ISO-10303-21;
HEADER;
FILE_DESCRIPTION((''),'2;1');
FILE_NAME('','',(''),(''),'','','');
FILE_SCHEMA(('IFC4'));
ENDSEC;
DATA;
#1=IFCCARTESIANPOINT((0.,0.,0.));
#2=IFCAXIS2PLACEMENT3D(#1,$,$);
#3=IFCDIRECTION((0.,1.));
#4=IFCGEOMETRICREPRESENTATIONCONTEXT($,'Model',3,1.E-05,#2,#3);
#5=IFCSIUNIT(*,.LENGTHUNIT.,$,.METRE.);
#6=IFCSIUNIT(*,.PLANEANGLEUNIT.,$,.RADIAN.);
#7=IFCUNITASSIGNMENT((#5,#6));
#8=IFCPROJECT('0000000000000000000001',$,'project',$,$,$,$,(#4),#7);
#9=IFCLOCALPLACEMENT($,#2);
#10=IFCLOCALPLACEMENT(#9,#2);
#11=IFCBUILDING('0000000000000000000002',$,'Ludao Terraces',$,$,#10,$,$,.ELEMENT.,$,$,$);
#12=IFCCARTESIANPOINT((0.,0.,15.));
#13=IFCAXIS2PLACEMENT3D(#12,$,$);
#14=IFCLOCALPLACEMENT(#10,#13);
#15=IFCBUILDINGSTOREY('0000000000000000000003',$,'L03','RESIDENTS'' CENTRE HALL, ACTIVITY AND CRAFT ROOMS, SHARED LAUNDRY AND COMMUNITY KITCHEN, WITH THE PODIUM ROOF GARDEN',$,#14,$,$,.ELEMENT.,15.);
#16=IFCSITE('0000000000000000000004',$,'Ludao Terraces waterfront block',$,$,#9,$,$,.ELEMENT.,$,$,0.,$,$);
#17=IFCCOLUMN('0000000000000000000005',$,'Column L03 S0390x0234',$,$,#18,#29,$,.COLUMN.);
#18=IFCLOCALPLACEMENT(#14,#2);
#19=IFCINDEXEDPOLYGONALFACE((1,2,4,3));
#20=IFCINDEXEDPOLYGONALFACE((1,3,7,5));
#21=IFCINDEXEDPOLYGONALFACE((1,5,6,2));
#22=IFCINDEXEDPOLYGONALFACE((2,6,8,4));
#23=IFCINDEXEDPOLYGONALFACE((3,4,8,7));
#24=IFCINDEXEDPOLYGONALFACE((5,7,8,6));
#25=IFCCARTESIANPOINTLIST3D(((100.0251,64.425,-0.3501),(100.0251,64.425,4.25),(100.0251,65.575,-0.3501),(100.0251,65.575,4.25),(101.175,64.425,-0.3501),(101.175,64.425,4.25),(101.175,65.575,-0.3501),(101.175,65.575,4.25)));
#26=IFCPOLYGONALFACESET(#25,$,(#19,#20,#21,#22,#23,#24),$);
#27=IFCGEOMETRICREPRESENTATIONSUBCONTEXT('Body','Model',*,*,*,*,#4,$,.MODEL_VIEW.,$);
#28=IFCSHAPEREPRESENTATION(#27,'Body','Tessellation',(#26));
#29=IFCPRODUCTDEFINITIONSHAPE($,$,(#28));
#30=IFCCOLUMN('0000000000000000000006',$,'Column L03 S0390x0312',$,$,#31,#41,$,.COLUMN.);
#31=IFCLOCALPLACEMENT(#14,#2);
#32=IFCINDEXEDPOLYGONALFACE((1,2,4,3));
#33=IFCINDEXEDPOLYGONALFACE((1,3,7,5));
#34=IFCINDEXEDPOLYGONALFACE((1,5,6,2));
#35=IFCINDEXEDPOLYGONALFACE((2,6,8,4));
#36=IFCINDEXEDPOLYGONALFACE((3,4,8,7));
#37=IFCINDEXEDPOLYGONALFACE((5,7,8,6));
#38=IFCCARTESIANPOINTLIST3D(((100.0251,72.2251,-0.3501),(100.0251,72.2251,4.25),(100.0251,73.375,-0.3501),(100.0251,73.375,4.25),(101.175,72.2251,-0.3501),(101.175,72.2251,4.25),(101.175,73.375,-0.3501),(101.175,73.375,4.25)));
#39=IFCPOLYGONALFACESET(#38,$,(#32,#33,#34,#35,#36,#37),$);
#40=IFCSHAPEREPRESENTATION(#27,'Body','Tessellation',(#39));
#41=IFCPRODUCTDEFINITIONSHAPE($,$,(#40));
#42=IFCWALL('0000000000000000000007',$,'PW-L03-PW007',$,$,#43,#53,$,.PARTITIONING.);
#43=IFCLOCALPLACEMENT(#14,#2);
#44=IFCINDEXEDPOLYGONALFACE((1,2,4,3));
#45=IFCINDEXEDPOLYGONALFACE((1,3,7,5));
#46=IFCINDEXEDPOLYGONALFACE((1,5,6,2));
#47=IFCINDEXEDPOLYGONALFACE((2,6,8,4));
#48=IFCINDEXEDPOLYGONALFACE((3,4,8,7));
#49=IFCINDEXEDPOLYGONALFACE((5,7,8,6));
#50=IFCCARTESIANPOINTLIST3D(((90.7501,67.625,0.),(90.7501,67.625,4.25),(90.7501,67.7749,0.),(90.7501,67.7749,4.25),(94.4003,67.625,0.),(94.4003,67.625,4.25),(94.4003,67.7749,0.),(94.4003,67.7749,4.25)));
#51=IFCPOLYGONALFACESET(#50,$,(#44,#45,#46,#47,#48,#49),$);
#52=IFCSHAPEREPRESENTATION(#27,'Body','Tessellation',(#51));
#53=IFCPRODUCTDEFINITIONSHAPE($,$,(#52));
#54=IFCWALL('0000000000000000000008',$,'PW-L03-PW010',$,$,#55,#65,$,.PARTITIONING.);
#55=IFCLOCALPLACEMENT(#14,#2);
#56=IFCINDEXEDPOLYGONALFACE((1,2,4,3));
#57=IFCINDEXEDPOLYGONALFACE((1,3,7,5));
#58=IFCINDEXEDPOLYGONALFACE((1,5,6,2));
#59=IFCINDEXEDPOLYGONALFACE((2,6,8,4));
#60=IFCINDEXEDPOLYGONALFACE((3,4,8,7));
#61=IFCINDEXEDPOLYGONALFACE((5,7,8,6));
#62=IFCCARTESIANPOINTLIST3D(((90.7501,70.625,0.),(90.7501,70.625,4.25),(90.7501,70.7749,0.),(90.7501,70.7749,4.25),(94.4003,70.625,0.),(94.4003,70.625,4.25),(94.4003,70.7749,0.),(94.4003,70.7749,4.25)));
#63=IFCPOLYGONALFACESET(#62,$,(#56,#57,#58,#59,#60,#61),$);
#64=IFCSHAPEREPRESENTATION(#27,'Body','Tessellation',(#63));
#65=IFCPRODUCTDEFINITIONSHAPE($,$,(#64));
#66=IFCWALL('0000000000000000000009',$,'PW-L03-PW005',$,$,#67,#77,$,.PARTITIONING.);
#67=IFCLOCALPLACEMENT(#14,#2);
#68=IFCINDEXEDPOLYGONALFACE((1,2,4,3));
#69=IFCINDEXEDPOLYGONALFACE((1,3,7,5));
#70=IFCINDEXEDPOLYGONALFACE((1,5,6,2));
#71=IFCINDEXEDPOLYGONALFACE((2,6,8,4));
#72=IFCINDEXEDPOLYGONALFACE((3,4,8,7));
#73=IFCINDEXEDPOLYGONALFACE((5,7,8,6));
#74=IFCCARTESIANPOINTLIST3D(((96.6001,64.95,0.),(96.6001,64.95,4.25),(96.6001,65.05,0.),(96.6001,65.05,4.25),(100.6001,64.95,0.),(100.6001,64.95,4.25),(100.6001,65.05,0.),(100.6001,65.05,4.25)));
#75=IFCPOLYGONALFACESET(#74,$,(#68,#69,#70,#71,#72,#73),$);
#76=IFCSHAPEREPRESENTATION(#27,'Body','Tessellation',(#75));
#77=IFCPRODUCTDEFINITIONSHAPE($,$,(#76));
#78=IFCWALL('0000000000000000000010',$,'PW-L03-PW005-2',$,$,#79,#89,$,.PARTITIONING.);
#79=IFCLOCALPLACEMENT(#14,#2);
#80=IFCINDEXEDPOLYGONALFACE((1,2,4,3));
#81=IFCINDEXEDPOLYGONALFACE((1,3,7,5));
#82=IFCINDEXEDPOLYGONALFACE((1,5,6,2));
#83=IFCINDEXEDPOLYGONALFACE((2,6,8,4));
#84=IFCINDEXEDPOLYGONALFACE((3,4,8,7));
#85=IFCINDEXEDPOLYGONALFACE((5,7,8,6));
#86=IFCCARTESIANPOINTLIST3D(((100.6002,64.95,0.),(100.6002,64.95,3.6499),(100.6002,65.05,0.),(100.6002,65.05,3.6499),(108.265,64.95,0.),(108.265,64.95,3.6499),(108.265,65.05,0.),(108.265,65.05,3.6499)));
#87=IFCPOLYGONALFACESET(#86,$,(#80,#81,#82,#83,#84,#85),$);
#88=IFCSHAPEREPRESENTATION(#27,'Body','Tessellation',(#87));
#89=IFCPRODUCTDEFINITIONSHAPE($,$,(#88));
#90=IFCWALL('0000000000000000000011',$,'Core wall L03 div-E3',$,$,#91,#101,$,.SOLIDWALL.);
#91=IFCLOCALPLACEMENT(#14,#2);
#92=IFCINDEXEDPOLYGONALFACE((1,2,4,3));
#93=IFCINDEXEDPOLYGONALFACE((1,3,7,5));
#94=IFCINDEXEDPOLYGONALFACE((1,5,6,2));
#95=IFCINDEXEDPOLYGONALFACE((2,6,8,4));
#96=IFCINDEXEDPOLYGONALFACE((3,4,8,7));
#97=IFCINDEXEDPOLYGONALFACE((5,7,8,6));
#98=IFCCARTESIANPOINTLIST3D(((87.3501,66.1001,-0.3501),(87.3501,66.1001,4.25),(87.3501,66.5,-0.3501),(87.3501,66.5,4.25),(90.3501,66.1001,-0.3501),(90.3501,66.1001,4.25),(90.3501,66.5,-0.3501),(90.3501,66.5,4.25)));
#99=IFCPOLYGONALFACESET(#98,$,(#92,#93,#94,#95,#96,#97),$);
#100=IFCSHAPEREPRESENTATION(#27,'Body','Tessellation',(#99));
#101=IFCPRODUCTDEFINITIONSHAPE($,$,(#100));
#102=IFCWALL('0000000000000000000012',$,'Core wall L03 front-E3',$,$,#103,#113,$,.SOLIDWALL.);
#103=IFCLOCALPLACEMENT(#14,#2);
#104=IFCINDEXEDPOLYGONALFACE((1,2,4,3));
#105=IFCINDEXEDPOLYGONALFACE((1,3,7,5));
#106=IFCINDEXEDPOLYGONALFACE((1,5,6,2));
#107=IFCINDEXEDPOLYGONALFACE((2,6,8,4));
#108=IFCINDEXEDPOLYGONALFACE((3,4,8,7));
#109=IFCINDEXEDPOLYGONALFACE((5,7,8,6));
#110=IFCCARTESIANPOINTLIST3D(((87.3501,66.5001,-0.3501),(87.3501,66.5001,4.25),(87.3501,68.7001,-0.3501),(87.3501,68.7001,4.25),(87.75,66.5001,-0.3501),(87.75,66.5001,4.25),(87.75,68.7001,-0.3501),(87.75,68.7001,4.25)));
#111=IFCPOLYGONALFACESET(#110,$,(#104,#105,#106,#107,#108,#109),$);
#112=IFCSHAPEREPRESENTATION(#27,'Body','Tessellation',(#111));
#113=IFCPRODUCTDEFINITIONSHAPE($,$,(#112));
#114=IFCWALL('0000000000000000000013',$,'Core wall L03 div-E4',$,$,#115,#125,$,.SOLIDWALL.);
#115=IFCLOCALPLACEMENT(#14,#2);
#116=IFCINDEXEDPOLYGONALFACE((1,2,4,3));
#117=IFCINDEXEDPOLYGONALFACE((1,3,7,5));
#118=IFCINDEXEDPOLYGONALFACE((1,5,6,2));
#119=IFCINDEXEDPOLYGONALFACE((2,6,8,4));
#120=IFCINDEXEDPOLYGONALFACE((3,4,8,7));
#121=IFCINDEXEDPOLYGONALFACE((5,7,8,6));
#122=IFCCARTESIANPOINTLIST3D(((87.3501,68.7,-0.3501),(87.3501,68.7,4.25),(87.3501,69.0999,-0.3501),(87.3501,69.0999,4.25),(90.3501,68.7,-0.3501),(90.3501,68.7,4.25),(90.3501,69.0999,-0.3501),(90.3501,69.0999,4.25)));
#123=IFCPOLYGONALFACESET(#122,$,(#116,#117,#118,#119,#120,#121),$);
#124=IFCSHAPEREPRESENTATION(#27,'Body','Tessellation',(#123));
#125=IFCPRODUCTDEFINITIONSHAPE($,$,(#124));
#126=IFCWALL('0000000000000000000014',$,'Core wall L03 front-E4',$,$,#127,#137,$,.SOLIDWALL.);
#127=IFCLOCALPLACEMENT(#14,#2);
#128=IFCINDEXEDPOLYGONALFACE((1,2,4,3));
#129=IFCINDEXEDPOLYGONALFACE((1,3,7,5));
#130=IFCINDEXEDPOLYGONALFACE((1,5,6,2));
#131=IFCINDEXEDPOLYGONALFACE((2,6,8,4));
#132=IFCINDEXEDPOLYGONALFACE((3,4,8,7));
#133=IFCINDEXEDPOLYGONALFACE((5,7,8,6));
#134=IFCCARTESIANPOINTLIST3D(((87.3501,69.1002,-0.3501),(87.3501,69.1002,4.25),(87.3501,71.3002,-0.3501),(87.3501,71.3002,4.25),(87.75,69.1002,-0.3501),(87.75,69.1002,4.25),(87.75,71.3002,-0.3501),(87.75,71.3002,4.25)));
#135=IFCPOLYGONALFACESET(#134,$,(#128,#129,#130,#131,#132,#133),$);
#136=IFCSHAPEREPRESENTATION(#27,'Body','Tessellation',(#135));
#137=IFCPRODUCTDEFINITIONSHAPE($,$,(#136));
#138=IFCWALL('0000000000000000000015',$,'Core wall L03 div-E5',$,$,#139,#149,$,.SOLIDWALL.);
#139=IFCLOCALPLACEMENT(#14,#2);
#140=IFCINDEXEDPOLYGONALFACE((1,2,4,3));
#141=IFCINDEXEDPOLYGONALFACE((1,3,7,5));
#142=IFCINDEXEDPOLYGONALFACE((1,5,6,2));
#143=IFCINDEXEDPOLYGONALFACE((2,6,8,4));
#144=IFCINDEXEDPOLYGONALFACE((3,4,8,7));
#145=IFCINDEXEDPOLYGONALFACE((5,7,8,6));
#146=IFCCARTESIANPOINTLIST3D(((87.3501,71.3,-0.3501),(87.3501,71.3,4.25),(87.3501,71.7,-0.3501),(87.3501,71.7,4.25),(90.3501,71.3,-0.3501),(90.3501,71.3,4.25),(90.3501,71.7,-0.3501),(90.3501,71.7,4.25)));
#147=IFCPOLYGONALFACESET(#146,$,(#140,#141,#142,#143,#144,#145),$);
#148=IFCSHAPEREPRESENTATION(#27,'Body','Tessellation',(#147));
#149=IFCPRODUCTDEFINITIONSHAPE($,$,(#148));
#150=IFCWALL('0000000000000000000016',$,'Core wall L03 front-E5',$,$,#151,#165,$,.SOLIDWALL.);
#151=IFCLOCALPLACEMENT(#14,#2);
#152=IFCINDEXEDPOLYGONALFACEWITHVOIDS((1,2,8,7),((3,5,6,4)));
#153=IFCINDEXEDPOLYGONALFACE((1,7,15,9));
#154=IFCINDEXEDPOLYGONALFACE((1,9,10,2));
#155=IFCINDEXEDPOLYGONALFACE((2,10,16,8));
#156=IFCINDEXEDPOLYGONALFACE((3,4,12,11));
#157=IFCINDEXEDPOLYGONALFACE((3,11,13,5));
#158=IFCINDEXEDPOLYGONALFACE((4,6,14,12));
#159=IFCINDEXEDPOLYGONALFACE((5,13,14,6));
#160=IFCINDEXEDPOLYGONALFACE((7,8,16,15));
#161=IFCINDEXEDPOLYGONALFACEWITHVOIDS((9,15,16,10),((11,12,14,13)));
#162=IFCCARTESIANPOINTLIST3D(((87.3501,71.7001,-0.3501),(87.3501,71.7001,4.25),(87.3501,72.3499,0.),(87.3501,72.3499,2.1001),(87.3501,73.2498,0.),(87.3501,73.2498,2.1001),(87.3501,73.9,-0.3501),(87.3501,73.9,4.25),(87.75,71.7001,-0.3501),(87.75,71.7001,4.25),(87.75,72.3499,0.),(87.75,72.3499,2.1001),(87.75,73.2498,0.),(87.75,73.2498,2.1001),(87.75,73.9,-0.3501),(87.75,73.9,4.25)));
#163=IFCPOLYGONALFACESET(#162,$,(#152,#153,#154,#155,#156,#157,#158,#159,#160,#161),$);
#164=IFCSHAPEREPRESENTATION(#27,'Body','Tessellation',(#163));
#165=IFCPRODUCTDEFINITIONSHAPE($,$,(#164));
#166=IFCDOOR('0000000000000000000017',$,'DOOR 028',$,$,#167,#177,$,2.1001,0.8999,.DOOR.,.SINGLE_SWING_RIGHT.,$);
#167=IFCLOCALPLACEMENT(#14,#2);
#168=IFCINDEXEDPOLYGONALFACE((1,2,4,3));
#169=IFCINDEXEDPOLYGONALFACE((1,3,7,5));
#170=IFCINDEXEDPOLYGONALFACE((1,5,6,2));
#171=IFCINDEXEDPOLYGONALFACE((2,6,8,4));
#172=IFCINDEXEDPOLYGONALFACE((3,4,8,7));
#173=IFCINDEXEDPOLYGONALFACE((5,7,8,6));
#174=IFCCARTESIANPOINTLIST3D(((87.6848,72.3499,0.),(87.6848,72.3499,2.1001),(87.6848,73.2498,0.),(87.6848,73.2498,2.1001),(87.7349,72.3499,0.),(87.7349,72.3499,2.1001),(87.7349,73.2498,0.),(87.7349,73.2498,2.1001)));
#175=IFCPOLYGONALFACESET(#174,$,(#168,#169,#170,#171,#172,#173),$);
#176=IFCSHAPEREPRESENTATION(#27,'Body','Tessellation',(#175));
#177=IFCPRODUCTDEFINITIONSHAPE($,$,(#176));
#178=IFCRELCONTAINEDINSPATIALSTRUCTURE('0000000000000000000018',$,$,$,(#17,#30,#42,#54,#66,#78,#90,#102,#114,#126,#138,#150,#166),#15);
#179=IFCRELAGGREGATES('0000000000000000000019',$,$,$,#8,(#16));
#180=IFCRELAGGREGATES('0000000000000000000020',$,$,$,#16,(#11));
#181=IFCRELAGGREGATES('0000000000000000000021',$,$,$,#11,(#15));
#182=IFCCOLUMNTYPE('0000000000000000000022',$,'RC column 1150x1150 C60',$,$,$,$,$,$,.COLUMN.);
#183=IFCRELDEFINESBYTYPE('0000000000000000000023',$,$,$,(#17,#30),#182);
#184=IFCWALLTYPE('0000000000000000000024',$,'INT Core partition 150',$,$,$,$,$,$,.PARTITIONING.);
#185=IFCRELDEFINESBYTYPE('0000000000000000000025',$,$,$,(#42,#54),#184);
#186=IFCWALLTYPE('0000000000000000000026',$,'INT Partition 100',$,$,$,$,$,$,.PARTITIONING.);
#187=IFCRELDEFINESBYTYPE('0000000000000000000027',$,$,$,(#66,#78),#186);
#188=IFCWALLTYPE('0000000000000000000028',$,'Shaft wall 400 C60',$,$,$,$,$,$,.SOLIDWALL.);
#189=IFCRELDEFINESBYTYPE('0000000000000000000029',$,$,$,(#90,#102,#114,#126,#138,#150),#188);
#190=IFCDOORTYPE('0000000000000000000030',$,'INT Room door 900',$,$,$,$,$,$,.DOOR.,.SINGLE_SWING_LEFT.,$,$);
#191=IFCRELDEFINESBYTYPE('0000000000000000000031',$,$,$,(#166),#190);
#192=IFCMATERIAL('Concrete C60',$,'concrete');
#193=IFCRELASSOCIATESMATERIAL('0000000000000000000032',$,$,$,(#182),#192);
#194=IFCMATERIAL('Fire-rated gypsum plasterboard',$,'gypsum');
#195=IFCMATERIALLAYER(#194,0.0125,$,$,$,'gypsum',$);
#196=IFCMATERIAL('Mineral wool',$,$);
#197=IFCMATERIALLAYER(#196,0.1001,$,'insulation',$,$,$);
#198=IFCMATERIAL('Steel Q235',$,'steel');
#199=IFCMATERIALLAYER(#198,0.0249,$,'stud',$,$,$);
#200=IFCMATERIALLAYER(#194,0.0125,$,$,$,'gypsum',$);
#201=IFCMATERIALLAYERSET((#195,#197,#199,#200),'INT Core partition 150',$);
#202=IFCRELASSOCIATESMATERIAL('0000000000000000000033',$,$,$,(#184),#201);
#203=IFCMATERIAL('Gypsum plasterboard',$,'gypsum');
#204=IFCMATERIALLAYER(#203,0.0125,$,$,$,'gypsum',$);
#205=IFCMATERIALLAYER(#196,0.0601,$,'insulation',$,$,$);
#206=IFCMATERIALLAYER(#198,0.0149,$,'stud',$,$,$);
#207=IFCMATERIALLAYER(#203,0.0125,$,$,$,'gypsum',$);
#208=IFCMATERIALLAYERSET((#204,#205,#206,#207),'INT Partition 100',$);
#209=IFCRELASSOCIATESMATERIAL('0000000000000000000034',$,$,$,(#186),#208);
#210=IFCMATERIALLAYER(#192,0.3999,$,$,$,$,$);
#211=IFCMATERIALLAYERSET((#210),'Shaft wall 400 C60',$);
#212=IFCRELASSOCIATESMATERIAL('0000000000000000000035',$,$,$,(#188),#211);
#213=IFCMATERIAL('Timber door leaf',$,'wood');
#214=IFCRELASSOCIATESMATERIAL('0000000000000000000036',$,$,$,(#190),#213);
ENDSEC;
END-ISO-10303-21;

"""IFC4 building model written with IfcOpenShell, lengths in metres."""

from ifc_helpers import new_model, si_unit, direction, frame, frame_2d, origin, origin_2d, place, context, subcontext, project, spatial, rectangle, extrude, material, layer, layer_set, material_profile, profile_set, type_object, element, fill, save


model = new_model("IFC4")

# Units and contexts
model_context = context("Model", 3, precision=1e-05, world=origin(), true_north=direction((0.0, 1.0)))
body_context = subcontext(model_context, "Body", "Model", "MODEL_VIEW")
ifc_project = project(units=[si_unit("LENGTHUNIT", "METRE"), si_unit("PLANEANGLEUNIT", "RADIAN")], contexts=[model_context])

# Site, building, storey
site_placement = place(None, origin())
site = spatial("IfcSite", under=ifc_project, at=site_placement, Name="Ludao Terraces waterfront block", CompositionType="ELEMENT", RefElevation=0.0)
building_placement = place(site_placement, origin())
building = spatial("IfcBuilding", under=site, at=building_placement, Name="Ludao Terraces", CompositionType="ELEMENT")
storey_placement = place(building_placement, frame((0.0, 0.0, 15.0)))
storey = spatial("IfcBuildingStorey", under=building, at=storey_placement, Name="L03", Description="RESIDENTS' CENTRE HALL, ACTIVITY AND CRAFT ROOMS, SHARED LAUNDRY AND COMMUNITY KITCHEN, WITH THE PODIUM ROOF GARDEN", CompositionType="ELEMENT", Elevation=15.0)

# Columns
ifc_material_1 = material(Name="Concrete C60", Category="concrete")
ifc_material_profile = material_profile(ifc_material_1, rectangle(XDim=1.1499, YDim=1.1499, at=origin_2d()), Name="1150 X 1150")
ifc_profile_set = profile_set([ifc_material_profile], Name="Concrete C60")
column_type = type_object("IfcColumnType", Name="RC column 1150x1150 C60", PredefinedType="COLUMN", material=ifc_profile_set)
for number, where, z_axis, x_axis, name in (
    (1, (100.6001, 65.0, -0.3501), (0.0, 0.0, 1.0), (1.0, 0.0, 0.0), "Column L03 S0390x0234"),
    (2, (100.6001, 72.8, -0.3501), (0.0, 0.0, 1.0), (1.0, 0.0, 0.0), "Column L03 S0390x0312"),
):
    element("IfcColumn", number, at=place(storey_placement, frame(where, z_axis=z_axis, x_axis=x_axis)), inside=storey, type_object=column_type, Name=name, PredefinedType="COLUMN", context=body_context, shape_type="SweptSolid", body=[
        extrude(rectangle(XDim=1.1499, YDim=1.1499, at=origin_2d()), origin(), (0.0, 0.0, 1.0), 4.6001),
    ])

# Walls
ifc_material_2 = material(Name="Fire-rated gypsum plasterboard", Category="gypsum")
ifc_layer_1 = layer(ifc_material_2, 0.0125, Category="gypsum")
ifc_material_3 = material(Name="Mineral wool")
ifc_layer_2 = layer(ifc_material_3, 0.1001, Name="insulation")
ifc_material_4 = material(Name="Steel Q235", Category="steel")
ifc_layer_3 = layer(ifc_material_4, 0.0249, Name="stud")
ifc_layer_4 = layer(ifc_material_2, 0.0125, Category="gypsum")
ifc_layer_set_1 = layer_set([ifc_layer_1, ifc_layer_2, ifc_layer_3, ifc_layer_4], Name="INT Core partition 150")
wall_type_1 = type_object("IfcWallType", Name="INT Core partition 150", PredefinedType="PARTITIONING", material=ifc_layer_set_1)
for number, where, z_axis, x_axis, name in (
    (3, (90.75, 67.7, 0.0), (0.0, 0.0, 1.0), (1.0, 0.0, 0.0), "PW-L03-PW007"),
    (4, (90.75, 70.7, 0.0), (0.0, 0.0, 1.0), (1.0, 0.0, 0.0), "PW-L03-PW010"),
):
    element("IfcWall", number, at=place(storey_placement, frame(where, z_axis=z_axis, x_axis=x_axis)), inside=storey, type_object=wall_type_1, Name=name, PredefinedType="PARTITIONING", context=body_context, shape_type="SweptSolid", body=[
        extrude(rectangle(XDim=3.6501, YDim=0.1499, at=frame_2d((1.8252, 0.0))), origin(), (0.0, 0.0, 1.0), 4.25),
    ])
ifc_material_5 = material(Name="Gypsum plasterboard", Category="gypsum")
ifc_layer_5 = layer(ifc_material_5, 0.0125, Category="gypsum")
ifc_layer_6 = layer(ifc_material_3, 0.0601, Name="insulation")
ifc_layer_7 = layer(ifc_material_4, 0.0149, Name="stud")
ifc_layer_8 = layer(ifc_material_5, 0.0125, Category="gypsum")
ifc_layer_set_2 = layer_set([ifc_layer_5, ifc_layer_6, ifc_layer_7, ifc_layer_8], Name="INT Partition 100")
wall_type_2 = type_object("IfcWallType", Name="INT Partition 100", PredefinedType="PARTITIONING", material=ifc_layer_set_2)
wall_1_placement = place(storey_placement, frame((96.6001, 65.0, 0.0), z_axis=(0.0, 0.0, 1.0), x_axis=(1.0, 0.0, 0.0)))
element("IfcWall", 5, at=wall_1_placement, inside=storey, type_object=wall_type_2, Name="PW-L03-PW005", PredefinedType="PARTITIONING", context=body_context, shape_type="SweptSolid", body=[
    extrude(rectangle(XDim=4.0, YDim=0.1001, at=frame_2d((2.0, 0.0))), origin(), (0.0, 0.0, 1.0), 4.25),
])
wall_2_placement = place(storey_placement, frame((100.6001, 65.0, 0.0), z_axis=(0.0, 0.0, 1.0), x_axis=(1.0, 0.0, 0.0)))
element("IfcWall", 6, at=wall_2_placement, inside=storey, type_object=wall_type_2, Name="PW-L03-PW005-2", PredefinedType="PARTITIONING", context=body_context, shape_type="SweptSolid", body=[
    extrude(rectangle(XDim=7.6648, YDim=0.1001, at=frame_2d((3.8325, 0.0))), origin(), (0.0, 0.0, 1.0), 3.6499),
])
ifc_layer_9 = layer(ifc_material_1, 0.3999)
ifc_layer_set_3 = layer_set([ifc_layer_9], Name="Shaft wall 400 C60")
wall_type_3 = type_object("IfcWallType", Name="Shaft wall 400 C60", PredefinedType="SOLIDWALL", material=ifc_layer_set_3)
wall_3_placement = place(storey_placement, frame((87.3501, 66.3, -0.3501), z_axis=(0.0, 0.0, 1.0), x_axis=(1.0, 0.0, 0.0)))
element("IfcWall", 7, at=wall_3_placement, inside=storey, type_object=wall_type_3, Name="Core wall L03 div-E3", PredefinedType="SOLIDWALL", context=body_context, shape_type="SweptSolid", body=[
    extrude(rectangle(XDim=3.0, YDim=0.3999, at=frame_2d((1.5, 0.0))), origin(), (0.0, 0.0, 1.0), 4.6001),
])
wall_4_placement = place(storey_placement, frame((87.55, 66.5, -0.3501), z_axis=(0.0, 0.0, 1.0), x_axis=(0.0, 1.0, 0.0)))
element("IfcWall", 8, at=wall_4_placement, inside=storey, type_object=wall_type_3, Name="Core wall L03 front-E3", PredefinedType="SOLIDWALL", context=body_context, shape_type="SweptSolid", body=[
    extrude(rectangle(XDim=2.2, YDim=0.3999, at=frame_2d((1.1001, 0.0))), origin(), (0.0, 0.0, 1.0), 4.6001),
])
wall_5_placement = place(storey_placement, frame((87.3501, 68.8999, -0.3501), z_axis=(0.0, 0.0, 1.0), x_axis=(1.0, 0.0, 0.0)))
element("IfcWall", 9, at=wall_5_placement, inside=storey, type_object=wall_type_3, Name="Core wall L03 div-E4", PredefinedType="SOLIDWALL", context=body_context, shape_type="SweptSolid", body=[
    extrude(rectangle(XDim=3.0, YDim=0.3999, at=frame_2d((1.5, 0.0))), origin(), (0.0, 0.0, 1.0), 4.6001),
])
wall_6_placement = place(storey_placement, frame((87.55, 69.1001, -0.3501), z_axis=(0.0, 0.0, 1.0), x_axis=(0.0, 1.0, 0.0)))
element("IfcWall", 10, at=wall_6_placement, inside=storey, type_object=wall_type_3, Name="Core wall L03 front-E4", PredefinedType="SOLIDWALL", context=body_context, shape_type="SweptSolid", body=[
    extrude(rectangle(XDim=2.2, YDim=0.3999, at=frame_2d((1.1001, 0.0))), origin(), (0.0, 0.0, 1.0), 4.6001),
])
wall_7_placement = place(storey_placement, frame((87.3501, 71.5, -0.3501), z_axis=(0.0, 0.0, 1.0), x_axis=(1.0, 0.0, 0.0)))
element("IfcWall", 11, at=wall_7_placement, inside=storey, type_object=wall_type_3, Name="Core wall L03 div-E5", PredefinedType="SOLIDWALL", context=body_context, shape_type="SweptSolid", body=[
    extrude(rectangle(XDim=3.0, YDim=0.3999, at=frame_2d((1.5, 0.0))), origin(), (0.0, 0.0, 1.0), 4.6001),
])

# Wall, opening, door
wall_8_placement = place(storey_placement, frame((87.55, 71.7, -0.3501), z_axis=(0.0, 0.0, 1.0), x_axis=(0.0, 1.0, 0.0)))
wall_8 = element("IfcWall", 12, at=wall_8_placement, inside=storey, type_object=wall_type_3, Name="Core wall L03 front-E5", PredefinedType="SOLIDWALL", context=body_context, shape_type="SweptSolid", body=[
    extrude(rectangle(XDim=2.2, YDim=0.3999, at=frame_2d((1.1001, 0.0))), origin(), (0.0, 0.0, 1.0), 4.6001),
])
opening_1_placement = place(wall_8_placement, frame((0.6499, 0.0, 0.3501)))
opening_1 = element("IfcOpeningElement", 13, at=opening_1_placement, cuts=wall_8, PredefinedType="OPENING", context=body_context, shape_type="SweptSolid", body=[
    extrude(rectangle(XDim=0.8999, YDim=2.1001, at=frame_2d((0.45, 1.05))), frame((0.0, 0.21, 0.0), z_axis=(0.0, -1.0, 0.0), x_axis=(1.0, 0.0, 0.0)), (0.0, 0.0, 1.0), 0.4199),
])
ifc_material_6 = material(Name="Timber door leaf", Category="wood")
door_type = type_object("IfcDoorType", Name="INT Room door 900", OperationType="SINGLE_SWING_LEFT", PredefinedType="DOOR", material=ifc_material_6)
door_1_placement = place(opening_1_placement, origin())
door_1 = element("IfcDoor", 14, at=door_1_placement, inside=storey, type_object=door_type, Name="DOOR 028", OperationType="SINGLE_SWING_RIGHT", OverallHeight=2.1001, OverallWidth=0.8999, PredefinedType="DOOR", context=body_context, shape_type="SweptSolid", body=[
    extrude(rectangle(XDim=0.8999, YDim=2.1001, at=frame_2d((0.45, 1.05))), frame((0.0, -0.1348, 0.0), z_axis=(0.0, -1.0, 0.0), x_axis=(1.0, 0.0, 0.0)), (0.0, 0.0, 1.0), 0.05),
])
fill(opening_1, door_1)

save(model, "model.ifc")
